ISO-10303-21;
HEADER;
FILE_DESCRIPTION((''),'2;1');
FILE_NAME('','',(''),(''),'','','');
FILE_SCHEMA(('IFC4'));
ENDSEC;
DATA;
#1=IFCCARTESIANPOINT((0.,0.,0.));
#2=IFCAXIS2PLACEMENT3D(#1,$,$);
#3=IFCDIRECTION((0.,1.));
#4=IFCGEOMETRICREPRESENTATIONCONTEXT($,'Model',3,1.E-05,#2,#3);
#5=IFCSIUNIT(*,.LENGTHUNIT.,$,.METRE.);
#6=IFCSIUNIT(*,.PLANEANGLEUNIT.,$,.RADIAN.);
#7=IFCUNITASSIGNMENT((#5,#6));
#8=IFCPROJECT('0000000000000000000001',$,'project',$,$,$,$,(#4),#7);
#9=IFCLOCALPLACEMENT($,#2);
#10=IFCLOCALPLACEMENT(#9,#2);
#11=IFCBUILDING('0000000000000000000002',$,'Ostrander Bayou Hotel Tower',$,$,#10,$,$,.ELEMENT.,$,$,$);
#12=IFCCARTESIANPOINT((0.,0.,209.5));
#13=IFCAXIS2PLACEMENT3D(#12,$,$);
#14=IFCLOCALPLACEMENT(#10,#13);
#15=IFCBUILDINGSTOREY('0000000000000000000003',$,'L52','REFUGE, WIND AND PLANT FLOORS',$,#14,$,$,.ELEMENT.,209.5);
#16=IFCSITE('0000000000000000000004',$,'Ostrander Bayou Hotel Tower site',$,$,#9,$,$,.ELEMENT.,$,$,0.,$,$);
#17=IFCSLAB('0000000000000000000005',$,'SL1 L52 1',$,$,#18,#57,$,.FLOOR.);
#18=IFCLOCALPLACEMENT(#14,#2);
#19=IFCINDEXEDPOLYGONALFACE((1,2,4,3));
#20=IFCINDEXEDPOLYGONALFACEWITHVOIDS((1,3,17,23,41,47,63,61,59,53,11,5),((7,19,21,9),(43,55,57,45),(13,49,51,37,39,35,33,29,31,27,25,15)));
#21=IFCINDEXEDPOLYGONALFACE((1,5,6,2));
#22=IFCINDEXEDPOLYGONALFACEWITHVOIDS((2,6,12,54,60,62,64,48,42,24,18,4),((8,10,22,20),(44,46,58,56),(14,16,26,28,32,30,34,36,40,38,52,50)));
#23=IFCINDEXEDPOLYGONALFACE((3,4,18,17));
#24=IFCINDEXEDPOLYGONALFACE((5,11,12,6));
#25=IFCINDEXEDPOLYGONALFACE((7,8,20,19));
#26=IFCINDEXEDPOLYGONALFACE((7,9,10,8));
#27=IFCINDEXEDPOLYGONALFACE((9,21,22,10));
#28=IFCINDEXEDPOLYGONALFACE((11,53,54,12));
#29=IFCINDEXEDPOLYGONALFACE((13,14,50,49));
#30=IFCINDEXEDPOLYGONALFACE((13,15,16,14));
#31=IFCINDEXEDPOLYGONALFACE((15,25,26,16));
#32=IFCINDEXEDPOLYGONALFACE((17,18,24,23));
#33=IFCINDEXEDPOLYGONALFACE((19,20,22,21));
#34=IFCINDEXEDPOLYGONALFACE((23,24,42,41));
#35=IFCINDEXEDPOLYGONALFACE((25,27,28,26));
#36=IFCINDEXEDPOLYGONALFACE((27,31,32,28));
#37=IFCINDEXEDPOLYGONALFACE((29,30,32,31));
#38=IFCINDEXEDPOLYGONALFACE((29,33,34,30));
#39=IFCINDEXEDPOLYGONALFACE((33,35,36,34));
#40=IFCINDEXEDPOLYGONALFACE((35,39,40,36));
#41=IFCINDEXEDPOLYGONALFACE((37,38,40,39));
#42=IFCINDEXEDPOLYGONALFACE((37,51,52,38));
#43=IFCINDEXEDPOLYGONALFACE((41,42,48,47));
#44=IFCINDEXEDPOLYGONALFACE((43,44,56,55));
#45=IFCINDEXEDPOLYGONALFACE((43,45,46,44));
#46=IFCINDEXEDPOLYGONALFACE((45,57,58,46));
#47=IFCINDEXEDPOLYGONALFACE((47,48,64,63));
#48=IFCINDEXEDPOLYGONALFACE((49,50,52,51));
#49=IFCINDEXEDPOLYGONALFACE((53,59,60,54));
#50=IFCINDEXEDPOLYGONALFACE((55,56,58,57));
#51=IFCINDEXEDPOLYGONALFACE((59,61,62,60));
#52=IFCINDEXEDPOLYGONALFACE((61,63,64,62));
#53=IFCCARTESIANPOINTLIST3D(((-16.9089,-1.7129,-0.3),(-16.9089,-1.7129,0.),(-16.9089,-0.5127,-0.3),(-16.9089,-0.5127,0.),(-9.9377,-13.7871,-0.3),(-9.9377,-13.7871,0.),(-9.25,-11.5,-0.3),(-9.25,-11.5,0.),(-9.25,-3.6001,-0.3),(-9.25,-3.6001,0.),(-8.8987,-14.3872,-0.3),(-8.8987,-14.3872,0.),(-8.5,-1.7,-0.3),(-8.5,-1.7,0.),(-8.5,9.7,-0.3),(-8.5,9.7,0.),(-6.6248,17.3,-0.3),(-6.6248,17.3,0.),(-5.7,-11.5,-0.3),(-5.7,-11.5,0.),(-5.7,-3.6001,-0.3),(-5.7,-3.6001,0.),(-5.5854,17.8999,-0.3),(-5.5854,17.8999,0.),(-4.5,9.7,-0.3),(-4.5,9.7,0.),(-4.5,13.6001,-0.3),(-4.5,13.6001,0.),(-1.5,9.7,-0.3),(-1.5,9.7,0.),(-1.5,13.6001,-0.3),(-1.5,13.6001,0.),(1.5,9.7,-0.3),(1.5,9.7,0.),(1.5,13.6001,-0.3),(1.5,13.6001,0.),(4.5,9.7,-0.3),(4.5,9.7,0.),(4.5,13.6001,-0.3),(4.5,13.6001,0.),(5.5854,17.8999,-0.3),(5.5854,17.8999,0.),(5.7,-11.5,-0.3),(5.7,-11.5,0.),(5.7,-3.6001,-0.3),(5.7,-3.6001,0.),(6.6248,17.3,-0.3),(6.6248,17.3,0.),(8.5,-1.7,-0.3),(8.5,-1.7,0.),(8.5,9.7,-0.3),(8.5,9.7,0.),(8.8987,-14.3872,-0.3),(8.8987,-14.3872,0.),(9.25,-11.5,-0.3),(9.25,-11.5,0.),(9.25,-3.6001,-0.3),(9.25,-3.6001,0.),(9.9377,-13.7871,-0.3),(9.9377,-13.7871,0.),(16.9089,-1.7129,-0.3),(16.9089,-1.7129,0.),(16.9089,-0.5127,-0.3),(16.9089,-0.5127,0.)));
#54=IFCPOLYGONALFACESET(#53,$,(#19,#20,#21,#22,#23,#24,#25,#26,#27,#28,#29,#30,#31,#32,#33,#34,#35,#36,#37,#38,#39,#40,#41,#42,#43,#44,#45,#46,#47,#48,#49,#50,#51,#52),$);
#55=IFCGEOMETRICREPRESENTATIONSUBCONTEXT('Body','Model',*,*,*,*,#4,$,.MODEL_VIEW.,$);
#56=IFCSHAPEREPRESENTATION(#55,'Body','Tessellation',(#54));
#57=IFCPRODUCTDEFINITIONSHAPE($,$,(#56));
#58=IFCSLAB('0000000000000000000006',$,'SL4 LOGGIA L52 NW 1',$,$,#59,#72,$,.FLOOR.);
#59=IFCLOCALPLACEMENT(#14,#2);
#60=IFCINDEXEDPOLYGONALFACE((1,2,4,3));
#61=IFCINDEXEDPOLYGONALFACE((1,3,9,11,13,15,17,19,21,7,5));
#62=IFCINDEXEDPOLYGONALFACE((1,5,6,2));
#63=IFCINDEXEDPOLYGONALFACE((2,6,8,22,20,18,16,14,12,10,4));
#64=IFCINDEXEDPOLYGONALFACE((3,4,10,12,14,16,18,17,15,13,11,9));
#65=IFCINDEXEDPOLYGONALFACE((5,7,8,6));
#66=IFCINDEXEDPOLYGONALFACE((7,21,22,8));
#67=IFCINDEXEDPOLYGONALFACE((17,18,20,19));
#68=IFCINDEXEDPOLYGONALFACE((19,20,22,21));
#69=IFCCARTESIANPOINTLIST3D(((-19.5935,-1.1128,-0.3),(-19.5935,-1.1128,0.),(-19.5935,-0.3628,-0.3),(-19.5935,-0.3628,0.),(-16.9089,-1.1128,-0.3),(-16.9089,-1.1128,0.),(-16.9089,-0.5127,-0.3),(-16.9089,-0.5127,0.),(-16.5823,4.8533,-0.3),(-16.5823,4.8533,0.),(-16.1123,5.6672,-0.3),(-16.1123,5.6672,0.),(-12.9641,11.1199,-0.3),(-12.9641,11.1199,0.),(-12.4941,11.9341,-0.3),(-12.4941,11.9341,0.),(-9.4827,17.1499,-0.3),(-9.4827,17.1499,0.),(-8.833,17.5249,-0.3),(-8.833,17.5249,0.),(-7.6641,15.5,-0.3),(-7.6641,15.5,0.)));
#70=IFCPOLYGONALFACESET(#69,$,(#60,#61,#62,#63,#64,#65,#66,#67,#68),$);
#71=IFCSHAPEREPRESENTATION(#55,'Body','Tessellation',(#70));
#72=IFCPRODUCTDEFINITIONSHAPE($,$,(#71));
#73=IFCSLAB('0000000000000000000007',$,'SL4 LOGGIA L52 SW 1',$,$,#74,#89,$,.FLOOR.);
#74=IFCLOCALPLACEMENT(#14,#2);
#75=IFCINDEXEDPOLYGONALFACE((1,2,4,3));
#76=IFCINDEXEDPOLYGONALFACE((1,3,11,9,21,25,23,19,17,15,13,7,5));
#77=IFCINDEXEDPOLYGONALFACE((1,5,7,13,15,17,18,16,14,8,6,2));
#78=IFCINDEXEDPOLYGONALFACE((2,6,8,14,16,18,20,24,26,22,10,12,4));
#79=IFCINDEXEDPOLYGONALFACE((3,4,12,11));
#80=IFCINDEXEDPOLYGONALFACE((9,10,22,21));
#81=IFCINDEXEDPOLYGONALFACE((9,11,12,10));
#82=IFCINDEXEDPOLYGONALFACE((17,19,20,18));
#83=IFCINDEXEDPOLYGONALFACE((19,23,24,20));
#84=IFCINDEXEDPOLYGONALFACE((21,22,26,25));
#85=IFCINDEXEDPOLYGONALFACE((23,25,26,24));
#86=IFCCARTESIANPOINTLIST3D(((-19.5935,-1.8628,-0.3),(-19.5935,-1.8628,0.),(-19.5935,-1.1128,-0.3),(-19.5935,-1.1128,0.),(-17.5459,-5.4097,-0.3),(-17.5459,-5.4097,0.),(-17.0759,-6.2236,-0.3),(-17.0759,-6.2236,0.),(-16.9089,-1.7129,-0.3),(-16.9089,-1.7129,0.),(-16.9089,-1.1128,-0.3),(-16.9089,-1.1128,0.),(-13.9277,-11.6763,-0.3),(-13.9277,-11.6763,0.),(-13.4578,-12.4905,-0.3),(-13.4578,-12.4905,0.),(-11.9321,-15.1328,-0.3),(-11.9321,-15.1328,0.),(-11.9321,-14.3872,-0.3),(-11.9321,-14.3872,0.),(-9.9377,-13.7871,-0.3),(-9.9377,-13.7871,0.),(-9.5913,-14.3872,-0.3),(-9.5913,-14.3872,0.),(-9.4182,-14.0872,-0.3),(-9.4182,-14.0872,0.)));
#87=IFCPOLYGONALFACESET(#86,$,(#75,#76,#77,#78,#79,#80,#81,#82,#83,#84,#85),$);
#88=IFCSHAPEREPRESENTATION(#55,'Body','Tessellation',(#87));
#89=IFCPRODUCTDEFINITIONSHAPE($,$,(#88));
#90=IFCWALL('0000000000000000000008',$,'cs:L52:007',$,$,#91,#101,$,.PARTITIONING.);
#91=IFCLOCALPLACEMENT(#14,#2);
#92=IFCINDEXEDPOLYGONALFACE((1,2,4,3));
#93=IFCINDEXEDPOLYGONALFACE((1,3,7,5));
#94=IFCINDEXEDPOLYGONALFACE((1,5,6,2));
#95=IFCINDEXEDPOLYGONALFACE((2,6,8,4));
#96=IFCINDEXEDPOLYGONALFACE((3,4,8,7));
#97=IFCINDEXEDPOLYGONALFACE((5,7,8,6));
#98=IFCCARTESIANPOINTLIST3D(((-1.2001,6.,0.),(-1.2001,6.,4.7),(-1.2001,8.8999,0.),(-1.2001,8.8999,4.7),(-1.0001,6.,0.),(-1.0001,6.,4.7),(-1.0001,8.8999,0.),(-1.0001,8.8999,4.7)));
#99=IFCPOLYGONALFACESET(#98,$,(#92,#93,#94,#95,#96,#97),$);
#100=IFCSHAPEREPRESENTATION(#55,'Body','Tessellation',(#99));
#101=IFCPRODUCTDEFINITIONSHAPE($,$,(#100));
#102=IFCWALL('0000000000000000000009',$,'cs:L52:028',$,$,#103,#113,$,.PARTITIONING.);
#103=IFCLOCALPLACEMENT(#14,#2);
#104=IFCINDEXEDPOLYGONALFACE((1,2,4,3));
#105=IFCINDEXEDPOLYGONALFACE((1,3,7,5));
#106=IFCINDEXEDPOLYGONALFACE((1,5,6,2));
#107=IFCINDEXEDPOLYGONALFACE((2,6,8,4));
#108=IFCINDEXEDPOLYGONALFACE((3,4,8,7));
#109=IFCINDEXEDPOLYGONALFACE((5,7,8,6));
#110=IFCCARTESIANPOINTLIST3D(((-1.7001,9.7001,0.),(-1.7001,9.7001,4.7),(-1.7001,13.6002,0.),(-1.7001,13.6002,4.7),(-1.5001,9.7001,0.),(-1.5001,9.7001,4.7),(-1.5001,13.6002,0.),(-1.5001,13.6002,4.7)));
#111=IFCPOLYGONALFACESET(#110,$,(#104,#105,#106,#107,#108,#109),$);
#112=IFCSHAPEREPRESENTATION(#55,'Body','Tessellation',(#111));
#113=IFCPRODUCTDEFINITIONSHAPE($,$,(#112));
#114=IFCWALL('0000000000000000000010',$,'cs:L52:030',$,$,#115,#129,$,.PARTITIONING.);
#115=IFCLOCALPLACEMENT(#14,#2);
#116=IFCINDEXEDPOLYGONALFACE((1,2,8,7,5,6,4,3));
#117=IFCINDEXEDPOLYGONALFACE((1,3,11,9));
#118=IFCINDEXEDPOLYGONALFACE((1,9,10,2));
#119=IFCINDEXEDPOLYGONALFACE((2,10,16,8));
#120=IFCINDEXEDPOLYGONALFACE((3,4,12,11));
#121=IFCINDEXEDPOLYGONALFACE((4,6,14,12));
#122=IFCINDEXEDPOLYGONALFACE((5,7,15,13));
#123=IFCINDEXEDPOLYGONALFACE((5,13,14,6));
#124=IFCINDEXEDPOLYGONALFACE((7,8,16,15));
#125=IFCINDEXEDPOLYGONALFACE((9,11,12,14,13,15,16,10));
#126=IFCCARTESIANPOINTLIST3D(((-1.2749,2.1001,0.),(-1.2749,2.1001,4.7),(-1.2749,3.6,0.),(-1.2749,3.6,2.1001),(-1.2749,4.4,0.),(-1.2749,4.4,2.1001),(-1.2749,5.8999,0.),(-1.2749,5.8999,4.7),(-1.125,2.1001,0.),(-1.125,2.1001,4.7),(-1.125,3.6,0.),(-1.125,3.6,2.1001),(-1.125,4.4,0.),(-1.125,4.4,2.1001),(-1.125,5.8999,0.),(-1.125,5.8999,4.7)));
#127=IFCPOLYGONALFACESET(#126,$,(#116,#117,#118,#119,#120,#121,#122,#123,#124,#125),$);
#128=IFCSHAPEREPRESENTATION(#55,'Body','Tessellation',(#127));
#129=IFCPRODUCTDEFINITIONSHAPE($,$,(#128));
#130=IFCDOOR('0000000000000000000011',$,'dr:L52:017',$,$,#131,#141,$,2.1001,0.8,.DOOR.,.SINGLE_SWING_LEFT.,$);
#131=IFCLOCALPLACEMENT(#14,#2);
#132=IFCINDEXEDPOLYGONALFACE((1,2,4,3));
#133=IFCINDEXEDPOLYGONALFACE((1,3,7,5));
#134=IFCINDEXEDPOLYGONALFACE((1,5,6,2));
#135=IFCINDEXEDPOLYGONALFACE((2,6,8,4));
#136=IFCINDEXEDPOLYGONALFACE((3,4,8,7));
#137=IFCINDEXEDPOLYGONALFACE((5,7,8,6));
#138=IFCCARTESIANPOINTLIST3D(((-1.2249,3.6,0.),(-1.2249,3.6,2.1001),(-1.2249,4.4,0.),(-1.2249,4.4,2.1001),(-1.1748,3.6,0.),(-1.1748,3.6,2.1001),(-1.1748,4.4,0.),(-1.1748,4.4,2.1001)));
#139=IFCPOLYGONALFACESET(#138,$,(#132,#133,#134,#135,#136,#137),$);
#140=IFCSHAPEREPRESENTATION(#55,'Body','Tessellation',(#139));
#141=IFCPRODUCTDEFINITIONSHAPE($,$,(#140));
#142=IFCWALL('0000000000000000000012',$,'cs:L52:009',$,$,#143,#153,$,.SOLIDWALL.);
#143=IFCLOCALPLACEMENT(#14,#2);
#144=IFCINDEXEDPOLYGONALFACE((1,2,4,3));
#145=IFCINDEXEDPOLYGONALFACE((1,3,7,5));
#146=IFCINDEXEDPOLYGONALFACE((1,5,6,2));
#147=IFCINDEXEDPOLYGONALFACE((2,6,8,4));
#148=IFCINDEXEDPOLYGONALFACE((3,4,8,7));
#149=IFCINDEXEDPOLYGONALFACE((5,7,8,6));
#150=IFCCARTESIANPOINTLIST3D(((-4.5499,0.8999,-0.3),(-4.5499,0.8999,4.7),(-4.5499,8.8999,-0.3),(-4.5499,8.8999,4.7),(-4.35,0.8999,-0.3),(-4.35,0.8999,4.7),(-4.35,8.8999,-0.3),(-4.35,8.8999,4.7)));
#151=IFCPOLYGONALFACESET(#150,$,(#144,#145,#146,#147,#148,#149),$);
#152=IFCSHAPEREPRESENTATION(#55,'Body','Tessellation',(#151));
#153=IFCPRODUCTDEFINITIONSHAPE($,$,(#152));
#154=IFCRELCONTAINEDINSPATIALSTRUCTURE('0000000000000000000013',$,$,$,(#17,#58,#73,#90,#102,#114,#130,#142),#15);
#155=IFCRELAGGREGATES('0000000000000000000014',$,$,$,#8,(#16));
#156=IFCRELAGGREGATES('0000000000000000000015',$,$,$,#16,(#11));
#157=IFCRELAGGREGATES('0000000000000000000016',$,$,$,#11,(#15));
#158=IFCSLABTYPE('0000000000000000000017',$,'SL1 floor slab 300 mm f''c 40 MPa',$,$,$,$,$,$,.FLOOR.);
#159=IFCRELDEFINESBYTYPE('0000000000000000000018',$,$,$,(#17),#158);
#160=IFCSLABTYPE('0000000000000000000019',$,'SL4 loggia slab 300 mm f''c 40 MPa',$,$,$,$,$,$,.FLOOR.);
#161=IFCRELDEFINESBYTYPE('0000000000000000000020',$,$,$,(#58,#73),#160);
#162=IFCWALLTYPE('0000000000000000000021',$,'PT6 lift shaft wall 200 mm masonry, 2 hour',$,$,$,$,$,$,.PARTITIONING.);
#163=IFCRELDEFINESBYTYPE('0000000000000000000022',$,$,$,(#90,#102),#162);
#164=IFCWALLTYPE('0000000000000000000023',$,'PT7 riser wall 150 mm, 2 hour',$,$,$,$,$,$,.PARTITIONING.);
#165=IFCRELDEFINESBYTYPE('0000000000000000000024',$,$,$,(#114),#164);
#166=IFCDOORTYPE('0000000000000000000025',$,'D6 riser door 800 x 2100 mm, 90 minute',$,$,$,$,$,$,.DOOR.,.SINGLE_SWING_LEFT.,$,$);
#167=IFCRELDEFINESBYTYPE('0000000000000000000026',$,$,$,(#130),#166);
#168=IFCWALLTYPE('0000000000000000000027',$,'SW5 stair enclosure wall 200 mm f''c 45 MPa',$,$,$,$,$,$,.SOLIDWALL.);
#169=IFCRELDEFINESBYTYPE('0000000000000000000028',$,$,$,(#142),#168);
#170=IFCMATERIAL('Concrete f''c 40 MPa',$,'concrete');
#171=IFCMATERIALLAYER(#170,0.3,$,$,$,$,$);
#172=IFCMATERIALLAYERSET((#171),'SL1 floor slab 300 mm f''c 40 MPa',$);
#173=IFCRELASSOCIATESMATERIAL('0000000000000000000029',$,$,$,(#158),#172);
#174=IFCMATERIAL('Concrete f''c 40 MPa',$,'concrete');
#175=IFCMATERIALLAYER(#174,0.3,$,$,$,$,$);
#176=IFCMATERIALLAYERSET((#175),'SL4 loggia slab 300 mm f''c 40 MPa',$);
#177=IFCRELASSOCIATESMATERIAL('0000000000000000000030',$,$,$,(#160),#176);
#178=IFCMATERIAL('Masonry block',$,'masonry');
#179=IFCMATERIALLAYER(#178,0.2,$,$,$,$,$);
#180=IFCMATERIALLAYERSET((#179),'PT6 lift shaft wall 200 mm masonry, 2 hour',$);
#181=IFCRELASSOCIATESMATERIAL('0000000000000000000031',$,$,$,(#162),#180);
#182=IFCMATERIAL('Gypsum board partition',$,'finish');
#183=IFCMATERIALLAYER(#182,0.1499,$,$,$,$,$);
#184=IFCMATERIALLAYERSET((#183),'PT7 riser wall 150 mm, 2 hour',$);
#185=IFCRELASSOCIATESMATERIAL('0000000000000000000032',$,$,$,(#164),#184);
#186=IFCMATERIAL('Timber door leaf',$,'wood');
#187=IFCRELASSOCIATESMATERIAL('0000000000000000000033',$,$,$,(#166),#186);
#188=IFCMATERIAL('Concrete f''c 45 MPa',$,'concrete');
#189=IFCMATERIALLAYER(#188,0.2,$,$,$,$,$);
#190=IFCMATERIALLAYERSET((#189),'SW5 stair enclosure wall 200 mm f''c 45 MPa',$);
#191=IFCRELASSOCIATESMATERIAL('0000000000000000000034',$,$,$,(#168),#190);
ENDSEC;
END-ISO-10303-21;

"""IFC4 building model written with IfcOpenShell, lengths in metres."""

from ifc_helpers import new_model, si_unit, direction, frame, frame_2d, origin, place, context, subcontext, project, spatial, polyline, rectangle, outline, extrude, material, layer, layer_set, type_object, element, fill, save


model = new_model("IFC4")

# Units and contexts
model_context = context("Model", 3, precision=1e-05, world=origin(), true_north=direction((0.0, 1.0)))
body_context = subcontext(model_context, "Body", "Model", "MODEL_VIEW")
ifc_project = project(units=[si_unit("LENGTHUNIT", "METRE"), si_unit("PLANEANGLEUNIT", "RADIAN")], contexts=[model_context])

# Site, building, storey
site_placement = place(None, origin())
site = spatial("IfcSite", under=ifc_project, at=site_placement, Name="Ostrander Bayou Hotel Tower site", CompositionType="ELEMENT", RefElevation=0.0)
building_placement = place(site_placement, origin())
building = spatial("IfcBuilding", under=site, at=building_placement, Name="Ostrander Bayou Hotel Tower", CompositionType="ELEMENT")
storey_placement = place(building_placement, frame((0.0, 0.0, 209.5)))
storey = spatial("IfcBuildingStorey", under=building, at=storey_placement, Name="L52", Description="REFUGE, WIND AND PLANT FLOORS", CompositionType="ELEMENT", Elevation=209.5)

# Slabs
ifc_material_1 = material(Name="Concrete f'c 40 MPa", Category="concrete")
ifc_layer_1 = layer(ifc_material_1, 0.3)
ifc_layer_set_1 = layer_set([ifc_layer_1], Name="SL1 floor slab 300 mm f'c 40 MPa")
slab_type_1 = type_object("IfcSlabType", Name="SL1 floor slab 300 mm f'c 40 MPa", PredefinedType="FLOOR", material=ifc_layer_set_1)
slab_1_placement = place(storey_placement, frame((0.0, 0.0, -0.3)))
element("IfcSlab", 1, at=slab_1_placement, inside=storey, type_object=slab_type_1, Name="SL1 L52 1", PredefinedType="FLOOR", context=body_context, shape_type="SweptSolid", body=[
    extrude(outline(polyline([(6.6248, 17.3), (16.9089, -0.5127), (16.9089, -1.7129), (9.9377, -13.7871), (8.8987, -14.3872), (-8.8987, -14.3872), (-9.9377, -13.7871), (-16.9089, -1.7129), (-16.9089, -0.5127), (-6.6248, 17.3), (-5.5854, 17.8999), (5.5854, 17.8999), (6.6248, 17.3)]), holes=[polyline([(9.25, -3.6001), (5.7, -3.6001), (5.7, -11.5), (9.25, -11.5), (9.25, -3.6001)]), polyline([(-8.5, -1.7), (8.5, -1.7), (8.5, 9.7), (4.5, 9.7), (4.5, 13.6001), (1.5, 13.6001), (1.5, 9.7), (-1.5, 9.7), (-1.5, 13.6001), (-4.5, 13.6001), (-4.5, 9.7), (-8.5, 9.7), (-8.5, -1.7)]), polyline([(-5.7, -3.6001), (-9.25, -3.6001), (-9.25, -11.5), (-5.7, -11.5), (-5.7, -3.6001)])]), origin(), (0.0, 0.0, 1.0), 0.3),
])
ifc_material_2 = material(Name="Concrete f'c 40 MPa", Category="concrete")
ifc_layer_2 = layer(ifc_material_2, 0.3)
ifc_layer_set_2 = layer_set([ifc_layer_2], Name="SL4 loggia slab 300 mm f'c 40 MPa")
slab_type_2 = type_object("IfcSlabType", Name="SL4 loggia slab 300 mm f'c 40 MPa", PredefinedType="FLOOR", material=ifc_layer_set_2)
slab_2_placement = place(storey_placement, frame((0.0, 0.0, -0.3)))
element("IfcSlab", 2, at=slab_2_placement, inside=storey, type_object=slab_type_2, Name="SL4 LOGGIA L52 NW 1", PredefinedType="FLOOR", context=body_context, shape_type="SweptSolid", body=[
    extrude(outline(polyline([(-19.5935, -0.3628), (-16.5823, 4.8533), (-16.1123, 5.6672), (-12.9641, 11.1199), (-12.4941, 11.9341), (-9.4827, 17.1499), (-8.833, 17.5249), (-7.6641, 15.5), (-16.9089, -0.5127), (-16.9089, -1.1128), (-19.5935, -1.1128), (-19.5935, -0.3628)])), origin(), (0.0, 0.0, 1.0), 0.3),
])
slab_3_placement = place(storey_placement, frame((0.0, 0.0, -0.3)))
element("IfcSlab", 3, at=slab_3_placement, inside=storey, type_object=slab_type_2, Name="SL4 LOGGIA L52 SW 1", PredefinedType="FLOOR", context=body_context, shape_type="SweptSolid", body=[
    extrude(outline(polyline([(-9.4182, -14.0872), (-9.5913, -14.3872), (-11.9321, -14.3872), (-11.9321, -15.1328), (-13.4578, -12.4905), (-13.9277, -11.6763), (-17.0759, -6.2236), (-17.5459, -5.4097), (-19.5935, -1.8628), (-19.5935, -1.1128), (-16.9089, -1.1128), (-16.9089, -1.7129), (-9.9377, -13.7871), (-9.4182, -14.0872)])), origin(), (0.0, 0.0, 1.0), 0.3),
])

# Shared definitions
ifc_material_3 = material(Name="Masonry block", Category="masonry")
ifc_layer_3 = layer(ifc_material_3, 0.2)
ifc_layer_set_3 = layer_set([ifc_layer_3], Name="PT6 lift shaft wall 200 mm masonry, 2 hour")
wall_type_1 = type_object("IfcWallType", Name="PT6 lift shaft wall 200 mm masonry, 2 hour", PredefinedType="PARTITIONING", material=ifc_layer_set_3)

# Walls
wall_1_placement = place(storey_placement, frame((-1.1001, 6.0, 0.0), z_axis=(0.0, 0.0, 1.0), x_axis=(0.0, 1.0, 0.0)))
element("IfcWall", 4, at=wall_1_placement, inside=storey, type_object=wall_type_1, Name="cs:L52:007", PredefinedType="PARTITIONING", context=body_context, shape_type="SweptSolid", body=[
    extrude(rectangle(XDim=2.8999, YDim=0.2, at=frame_2d((1.45, 0.0))), origin(), (0.0, 0.0, 1.0), 4.7),
])
wall_2_placement = place(storey_placement, frame((-1.6001, 9.7, 0.0), z_axis=(0.0, 0.0, 1.0), x_axis=(0.0, 1.0, 0.0)))
element("IfcWall", 5, at=wall_2_placement, inside=storey, type_object=wall_type_1, Name="cs:L52:028", PredefinedType="PARTITIONING", context=body_context, shape_type="SweptSolid", body=[
    extrude(rectangle(XDim=3.9001, YDim=0.2, at=frame_2d((1.9502, 0.0))), origin(), (0.0, 0.0, 1.0), 4.7),
])

# Wall, opening, door
ifc_material_4 = material(Name="Gypsum board partition", Category="finish")
ifc_layer_4 = layer(ifc_material_4, 0.1499)
ifc_layer_set_4 = layer_set([ifc_layer_4], Name="PT7 riser wall 150 mm, 2 hour")
wall_type_2 = type_object("IfcWallType", Name="PT7 riser wall 150 mm, 2 hour", PredefinedType="PARTITIONING", material=ifc_layer_set_4)
wall_3_placement = place(storey_placement, frame((-1.2, 2.1001, 0.0), z_axis=(0.0, 0.0, 1.0), x_axis=(0.0, 1.0, 0.0)))
wall_3 = element("IfcWall", 6, at=wall_3_placement, inside=storey, type_object=wall_type_2, Name="cs:L52:030", PredefinedType="PARTITIONING", context=body_context, shape_type="SweptSolid", body=[
    extrude(rectangle(XDim=3.7998, YDim=0.1499, at=frame_2d((1.8999, 0.0))), origin(), (0.0, 0.0, 1.0), 4.7),
])
opening_1_placement = place(wall_3_placement, frame((1.5, 0.0, 0.0)))
opening_1 = element("IfcOpeningElement", 7, at=opening_1_placement, cuts=wall_3, PredefinedType="OPENING", context=body_context, shape_type="SweptSolid", body=[
    extrude(rectangle(XDim=0.8, YDim=2.1001, at=frame_2d((0.3999, 1.05))), frame((0.0, 0.075, 0.0), z_axis=(0.0, -1.0, 0.0), x_axis=(1.0, 0.0, 0.0)), (0.0, 0.0, 1.0), 0.1499),
])
ifc_material_5 = material(Name="Timber door leaf", Category="wood")
door_type_1 = type_object("IfcDoorType", Name="D6 riser door 800 x 2100 mm, 90 minute", OperationType="SINGLE_SWING_LEFT", PredefinedType="DOOR", material=ifc_material_5)
door_1_placement = place(opening_1_placement, origin())
door_1 = element("IfcDoor", 8, at=door_1_placement, inside=storey, type_object=door_type_1, Name="dr:L52:017", OperationType="SINGLE_SWING_LEFT", OverallHeight=2.1001, OverallWidth=0.8, PredefinedType="DOOR", context=body_context, shape_type="SweptSolid", body=[
    extrude(rectangle(XDim=0.8, YDim=2.1001, at=frame_2d((0.3999, 1.05))), frame((0.0, 0.0249, 0.0), z_axis=(0.0, -1.0, 0.0), x_axis=(1.0, 0.0, 0.0)), (0.0, 0.0, 1.0), 0.05),
])
fill(opening_1, door_1)

# Wall
ifc_material_6 = material(Name="Concrete f'c 45 MPa", Category="concrete")
ifc_layer_5 = layer(ifc_material_6, 0.2)
ifc_layer_set_5 = layer_set([ifc_layer_5], Name="SW5 stair enclosure wall 200 mm f'c 45 MPa")
wall_type_3 = type_object("IfcWallType", Name="SW5 stair enclosure wall 200 mm f'c 45 MPa", PredefinedType="SOLIDWALL", material=ifc_layer_set_5)
wall_4_placement = place(storey_placement, frame((-4.45, 0.8999, -0.3), z_axis=(0.0, 0.0, 1.0), x_axis=(0.0, 1.0, 0.0)))
element("IfcWall", 9, at=wall_4_placement, inside=storey, type_object=wall_type_3, Name="cs:L52:009", PredefinedType="SOLIDWALL", context=body_context, shape_type="SweptSolid", body=[
    extrude(rectangle(XDim=8.0, YDim=0.2, at=frame_2d((4.0, 0.0))), origin(), (0.0, 0.0, 1.0), 5.0),
])

save(model, "model.ifc")
